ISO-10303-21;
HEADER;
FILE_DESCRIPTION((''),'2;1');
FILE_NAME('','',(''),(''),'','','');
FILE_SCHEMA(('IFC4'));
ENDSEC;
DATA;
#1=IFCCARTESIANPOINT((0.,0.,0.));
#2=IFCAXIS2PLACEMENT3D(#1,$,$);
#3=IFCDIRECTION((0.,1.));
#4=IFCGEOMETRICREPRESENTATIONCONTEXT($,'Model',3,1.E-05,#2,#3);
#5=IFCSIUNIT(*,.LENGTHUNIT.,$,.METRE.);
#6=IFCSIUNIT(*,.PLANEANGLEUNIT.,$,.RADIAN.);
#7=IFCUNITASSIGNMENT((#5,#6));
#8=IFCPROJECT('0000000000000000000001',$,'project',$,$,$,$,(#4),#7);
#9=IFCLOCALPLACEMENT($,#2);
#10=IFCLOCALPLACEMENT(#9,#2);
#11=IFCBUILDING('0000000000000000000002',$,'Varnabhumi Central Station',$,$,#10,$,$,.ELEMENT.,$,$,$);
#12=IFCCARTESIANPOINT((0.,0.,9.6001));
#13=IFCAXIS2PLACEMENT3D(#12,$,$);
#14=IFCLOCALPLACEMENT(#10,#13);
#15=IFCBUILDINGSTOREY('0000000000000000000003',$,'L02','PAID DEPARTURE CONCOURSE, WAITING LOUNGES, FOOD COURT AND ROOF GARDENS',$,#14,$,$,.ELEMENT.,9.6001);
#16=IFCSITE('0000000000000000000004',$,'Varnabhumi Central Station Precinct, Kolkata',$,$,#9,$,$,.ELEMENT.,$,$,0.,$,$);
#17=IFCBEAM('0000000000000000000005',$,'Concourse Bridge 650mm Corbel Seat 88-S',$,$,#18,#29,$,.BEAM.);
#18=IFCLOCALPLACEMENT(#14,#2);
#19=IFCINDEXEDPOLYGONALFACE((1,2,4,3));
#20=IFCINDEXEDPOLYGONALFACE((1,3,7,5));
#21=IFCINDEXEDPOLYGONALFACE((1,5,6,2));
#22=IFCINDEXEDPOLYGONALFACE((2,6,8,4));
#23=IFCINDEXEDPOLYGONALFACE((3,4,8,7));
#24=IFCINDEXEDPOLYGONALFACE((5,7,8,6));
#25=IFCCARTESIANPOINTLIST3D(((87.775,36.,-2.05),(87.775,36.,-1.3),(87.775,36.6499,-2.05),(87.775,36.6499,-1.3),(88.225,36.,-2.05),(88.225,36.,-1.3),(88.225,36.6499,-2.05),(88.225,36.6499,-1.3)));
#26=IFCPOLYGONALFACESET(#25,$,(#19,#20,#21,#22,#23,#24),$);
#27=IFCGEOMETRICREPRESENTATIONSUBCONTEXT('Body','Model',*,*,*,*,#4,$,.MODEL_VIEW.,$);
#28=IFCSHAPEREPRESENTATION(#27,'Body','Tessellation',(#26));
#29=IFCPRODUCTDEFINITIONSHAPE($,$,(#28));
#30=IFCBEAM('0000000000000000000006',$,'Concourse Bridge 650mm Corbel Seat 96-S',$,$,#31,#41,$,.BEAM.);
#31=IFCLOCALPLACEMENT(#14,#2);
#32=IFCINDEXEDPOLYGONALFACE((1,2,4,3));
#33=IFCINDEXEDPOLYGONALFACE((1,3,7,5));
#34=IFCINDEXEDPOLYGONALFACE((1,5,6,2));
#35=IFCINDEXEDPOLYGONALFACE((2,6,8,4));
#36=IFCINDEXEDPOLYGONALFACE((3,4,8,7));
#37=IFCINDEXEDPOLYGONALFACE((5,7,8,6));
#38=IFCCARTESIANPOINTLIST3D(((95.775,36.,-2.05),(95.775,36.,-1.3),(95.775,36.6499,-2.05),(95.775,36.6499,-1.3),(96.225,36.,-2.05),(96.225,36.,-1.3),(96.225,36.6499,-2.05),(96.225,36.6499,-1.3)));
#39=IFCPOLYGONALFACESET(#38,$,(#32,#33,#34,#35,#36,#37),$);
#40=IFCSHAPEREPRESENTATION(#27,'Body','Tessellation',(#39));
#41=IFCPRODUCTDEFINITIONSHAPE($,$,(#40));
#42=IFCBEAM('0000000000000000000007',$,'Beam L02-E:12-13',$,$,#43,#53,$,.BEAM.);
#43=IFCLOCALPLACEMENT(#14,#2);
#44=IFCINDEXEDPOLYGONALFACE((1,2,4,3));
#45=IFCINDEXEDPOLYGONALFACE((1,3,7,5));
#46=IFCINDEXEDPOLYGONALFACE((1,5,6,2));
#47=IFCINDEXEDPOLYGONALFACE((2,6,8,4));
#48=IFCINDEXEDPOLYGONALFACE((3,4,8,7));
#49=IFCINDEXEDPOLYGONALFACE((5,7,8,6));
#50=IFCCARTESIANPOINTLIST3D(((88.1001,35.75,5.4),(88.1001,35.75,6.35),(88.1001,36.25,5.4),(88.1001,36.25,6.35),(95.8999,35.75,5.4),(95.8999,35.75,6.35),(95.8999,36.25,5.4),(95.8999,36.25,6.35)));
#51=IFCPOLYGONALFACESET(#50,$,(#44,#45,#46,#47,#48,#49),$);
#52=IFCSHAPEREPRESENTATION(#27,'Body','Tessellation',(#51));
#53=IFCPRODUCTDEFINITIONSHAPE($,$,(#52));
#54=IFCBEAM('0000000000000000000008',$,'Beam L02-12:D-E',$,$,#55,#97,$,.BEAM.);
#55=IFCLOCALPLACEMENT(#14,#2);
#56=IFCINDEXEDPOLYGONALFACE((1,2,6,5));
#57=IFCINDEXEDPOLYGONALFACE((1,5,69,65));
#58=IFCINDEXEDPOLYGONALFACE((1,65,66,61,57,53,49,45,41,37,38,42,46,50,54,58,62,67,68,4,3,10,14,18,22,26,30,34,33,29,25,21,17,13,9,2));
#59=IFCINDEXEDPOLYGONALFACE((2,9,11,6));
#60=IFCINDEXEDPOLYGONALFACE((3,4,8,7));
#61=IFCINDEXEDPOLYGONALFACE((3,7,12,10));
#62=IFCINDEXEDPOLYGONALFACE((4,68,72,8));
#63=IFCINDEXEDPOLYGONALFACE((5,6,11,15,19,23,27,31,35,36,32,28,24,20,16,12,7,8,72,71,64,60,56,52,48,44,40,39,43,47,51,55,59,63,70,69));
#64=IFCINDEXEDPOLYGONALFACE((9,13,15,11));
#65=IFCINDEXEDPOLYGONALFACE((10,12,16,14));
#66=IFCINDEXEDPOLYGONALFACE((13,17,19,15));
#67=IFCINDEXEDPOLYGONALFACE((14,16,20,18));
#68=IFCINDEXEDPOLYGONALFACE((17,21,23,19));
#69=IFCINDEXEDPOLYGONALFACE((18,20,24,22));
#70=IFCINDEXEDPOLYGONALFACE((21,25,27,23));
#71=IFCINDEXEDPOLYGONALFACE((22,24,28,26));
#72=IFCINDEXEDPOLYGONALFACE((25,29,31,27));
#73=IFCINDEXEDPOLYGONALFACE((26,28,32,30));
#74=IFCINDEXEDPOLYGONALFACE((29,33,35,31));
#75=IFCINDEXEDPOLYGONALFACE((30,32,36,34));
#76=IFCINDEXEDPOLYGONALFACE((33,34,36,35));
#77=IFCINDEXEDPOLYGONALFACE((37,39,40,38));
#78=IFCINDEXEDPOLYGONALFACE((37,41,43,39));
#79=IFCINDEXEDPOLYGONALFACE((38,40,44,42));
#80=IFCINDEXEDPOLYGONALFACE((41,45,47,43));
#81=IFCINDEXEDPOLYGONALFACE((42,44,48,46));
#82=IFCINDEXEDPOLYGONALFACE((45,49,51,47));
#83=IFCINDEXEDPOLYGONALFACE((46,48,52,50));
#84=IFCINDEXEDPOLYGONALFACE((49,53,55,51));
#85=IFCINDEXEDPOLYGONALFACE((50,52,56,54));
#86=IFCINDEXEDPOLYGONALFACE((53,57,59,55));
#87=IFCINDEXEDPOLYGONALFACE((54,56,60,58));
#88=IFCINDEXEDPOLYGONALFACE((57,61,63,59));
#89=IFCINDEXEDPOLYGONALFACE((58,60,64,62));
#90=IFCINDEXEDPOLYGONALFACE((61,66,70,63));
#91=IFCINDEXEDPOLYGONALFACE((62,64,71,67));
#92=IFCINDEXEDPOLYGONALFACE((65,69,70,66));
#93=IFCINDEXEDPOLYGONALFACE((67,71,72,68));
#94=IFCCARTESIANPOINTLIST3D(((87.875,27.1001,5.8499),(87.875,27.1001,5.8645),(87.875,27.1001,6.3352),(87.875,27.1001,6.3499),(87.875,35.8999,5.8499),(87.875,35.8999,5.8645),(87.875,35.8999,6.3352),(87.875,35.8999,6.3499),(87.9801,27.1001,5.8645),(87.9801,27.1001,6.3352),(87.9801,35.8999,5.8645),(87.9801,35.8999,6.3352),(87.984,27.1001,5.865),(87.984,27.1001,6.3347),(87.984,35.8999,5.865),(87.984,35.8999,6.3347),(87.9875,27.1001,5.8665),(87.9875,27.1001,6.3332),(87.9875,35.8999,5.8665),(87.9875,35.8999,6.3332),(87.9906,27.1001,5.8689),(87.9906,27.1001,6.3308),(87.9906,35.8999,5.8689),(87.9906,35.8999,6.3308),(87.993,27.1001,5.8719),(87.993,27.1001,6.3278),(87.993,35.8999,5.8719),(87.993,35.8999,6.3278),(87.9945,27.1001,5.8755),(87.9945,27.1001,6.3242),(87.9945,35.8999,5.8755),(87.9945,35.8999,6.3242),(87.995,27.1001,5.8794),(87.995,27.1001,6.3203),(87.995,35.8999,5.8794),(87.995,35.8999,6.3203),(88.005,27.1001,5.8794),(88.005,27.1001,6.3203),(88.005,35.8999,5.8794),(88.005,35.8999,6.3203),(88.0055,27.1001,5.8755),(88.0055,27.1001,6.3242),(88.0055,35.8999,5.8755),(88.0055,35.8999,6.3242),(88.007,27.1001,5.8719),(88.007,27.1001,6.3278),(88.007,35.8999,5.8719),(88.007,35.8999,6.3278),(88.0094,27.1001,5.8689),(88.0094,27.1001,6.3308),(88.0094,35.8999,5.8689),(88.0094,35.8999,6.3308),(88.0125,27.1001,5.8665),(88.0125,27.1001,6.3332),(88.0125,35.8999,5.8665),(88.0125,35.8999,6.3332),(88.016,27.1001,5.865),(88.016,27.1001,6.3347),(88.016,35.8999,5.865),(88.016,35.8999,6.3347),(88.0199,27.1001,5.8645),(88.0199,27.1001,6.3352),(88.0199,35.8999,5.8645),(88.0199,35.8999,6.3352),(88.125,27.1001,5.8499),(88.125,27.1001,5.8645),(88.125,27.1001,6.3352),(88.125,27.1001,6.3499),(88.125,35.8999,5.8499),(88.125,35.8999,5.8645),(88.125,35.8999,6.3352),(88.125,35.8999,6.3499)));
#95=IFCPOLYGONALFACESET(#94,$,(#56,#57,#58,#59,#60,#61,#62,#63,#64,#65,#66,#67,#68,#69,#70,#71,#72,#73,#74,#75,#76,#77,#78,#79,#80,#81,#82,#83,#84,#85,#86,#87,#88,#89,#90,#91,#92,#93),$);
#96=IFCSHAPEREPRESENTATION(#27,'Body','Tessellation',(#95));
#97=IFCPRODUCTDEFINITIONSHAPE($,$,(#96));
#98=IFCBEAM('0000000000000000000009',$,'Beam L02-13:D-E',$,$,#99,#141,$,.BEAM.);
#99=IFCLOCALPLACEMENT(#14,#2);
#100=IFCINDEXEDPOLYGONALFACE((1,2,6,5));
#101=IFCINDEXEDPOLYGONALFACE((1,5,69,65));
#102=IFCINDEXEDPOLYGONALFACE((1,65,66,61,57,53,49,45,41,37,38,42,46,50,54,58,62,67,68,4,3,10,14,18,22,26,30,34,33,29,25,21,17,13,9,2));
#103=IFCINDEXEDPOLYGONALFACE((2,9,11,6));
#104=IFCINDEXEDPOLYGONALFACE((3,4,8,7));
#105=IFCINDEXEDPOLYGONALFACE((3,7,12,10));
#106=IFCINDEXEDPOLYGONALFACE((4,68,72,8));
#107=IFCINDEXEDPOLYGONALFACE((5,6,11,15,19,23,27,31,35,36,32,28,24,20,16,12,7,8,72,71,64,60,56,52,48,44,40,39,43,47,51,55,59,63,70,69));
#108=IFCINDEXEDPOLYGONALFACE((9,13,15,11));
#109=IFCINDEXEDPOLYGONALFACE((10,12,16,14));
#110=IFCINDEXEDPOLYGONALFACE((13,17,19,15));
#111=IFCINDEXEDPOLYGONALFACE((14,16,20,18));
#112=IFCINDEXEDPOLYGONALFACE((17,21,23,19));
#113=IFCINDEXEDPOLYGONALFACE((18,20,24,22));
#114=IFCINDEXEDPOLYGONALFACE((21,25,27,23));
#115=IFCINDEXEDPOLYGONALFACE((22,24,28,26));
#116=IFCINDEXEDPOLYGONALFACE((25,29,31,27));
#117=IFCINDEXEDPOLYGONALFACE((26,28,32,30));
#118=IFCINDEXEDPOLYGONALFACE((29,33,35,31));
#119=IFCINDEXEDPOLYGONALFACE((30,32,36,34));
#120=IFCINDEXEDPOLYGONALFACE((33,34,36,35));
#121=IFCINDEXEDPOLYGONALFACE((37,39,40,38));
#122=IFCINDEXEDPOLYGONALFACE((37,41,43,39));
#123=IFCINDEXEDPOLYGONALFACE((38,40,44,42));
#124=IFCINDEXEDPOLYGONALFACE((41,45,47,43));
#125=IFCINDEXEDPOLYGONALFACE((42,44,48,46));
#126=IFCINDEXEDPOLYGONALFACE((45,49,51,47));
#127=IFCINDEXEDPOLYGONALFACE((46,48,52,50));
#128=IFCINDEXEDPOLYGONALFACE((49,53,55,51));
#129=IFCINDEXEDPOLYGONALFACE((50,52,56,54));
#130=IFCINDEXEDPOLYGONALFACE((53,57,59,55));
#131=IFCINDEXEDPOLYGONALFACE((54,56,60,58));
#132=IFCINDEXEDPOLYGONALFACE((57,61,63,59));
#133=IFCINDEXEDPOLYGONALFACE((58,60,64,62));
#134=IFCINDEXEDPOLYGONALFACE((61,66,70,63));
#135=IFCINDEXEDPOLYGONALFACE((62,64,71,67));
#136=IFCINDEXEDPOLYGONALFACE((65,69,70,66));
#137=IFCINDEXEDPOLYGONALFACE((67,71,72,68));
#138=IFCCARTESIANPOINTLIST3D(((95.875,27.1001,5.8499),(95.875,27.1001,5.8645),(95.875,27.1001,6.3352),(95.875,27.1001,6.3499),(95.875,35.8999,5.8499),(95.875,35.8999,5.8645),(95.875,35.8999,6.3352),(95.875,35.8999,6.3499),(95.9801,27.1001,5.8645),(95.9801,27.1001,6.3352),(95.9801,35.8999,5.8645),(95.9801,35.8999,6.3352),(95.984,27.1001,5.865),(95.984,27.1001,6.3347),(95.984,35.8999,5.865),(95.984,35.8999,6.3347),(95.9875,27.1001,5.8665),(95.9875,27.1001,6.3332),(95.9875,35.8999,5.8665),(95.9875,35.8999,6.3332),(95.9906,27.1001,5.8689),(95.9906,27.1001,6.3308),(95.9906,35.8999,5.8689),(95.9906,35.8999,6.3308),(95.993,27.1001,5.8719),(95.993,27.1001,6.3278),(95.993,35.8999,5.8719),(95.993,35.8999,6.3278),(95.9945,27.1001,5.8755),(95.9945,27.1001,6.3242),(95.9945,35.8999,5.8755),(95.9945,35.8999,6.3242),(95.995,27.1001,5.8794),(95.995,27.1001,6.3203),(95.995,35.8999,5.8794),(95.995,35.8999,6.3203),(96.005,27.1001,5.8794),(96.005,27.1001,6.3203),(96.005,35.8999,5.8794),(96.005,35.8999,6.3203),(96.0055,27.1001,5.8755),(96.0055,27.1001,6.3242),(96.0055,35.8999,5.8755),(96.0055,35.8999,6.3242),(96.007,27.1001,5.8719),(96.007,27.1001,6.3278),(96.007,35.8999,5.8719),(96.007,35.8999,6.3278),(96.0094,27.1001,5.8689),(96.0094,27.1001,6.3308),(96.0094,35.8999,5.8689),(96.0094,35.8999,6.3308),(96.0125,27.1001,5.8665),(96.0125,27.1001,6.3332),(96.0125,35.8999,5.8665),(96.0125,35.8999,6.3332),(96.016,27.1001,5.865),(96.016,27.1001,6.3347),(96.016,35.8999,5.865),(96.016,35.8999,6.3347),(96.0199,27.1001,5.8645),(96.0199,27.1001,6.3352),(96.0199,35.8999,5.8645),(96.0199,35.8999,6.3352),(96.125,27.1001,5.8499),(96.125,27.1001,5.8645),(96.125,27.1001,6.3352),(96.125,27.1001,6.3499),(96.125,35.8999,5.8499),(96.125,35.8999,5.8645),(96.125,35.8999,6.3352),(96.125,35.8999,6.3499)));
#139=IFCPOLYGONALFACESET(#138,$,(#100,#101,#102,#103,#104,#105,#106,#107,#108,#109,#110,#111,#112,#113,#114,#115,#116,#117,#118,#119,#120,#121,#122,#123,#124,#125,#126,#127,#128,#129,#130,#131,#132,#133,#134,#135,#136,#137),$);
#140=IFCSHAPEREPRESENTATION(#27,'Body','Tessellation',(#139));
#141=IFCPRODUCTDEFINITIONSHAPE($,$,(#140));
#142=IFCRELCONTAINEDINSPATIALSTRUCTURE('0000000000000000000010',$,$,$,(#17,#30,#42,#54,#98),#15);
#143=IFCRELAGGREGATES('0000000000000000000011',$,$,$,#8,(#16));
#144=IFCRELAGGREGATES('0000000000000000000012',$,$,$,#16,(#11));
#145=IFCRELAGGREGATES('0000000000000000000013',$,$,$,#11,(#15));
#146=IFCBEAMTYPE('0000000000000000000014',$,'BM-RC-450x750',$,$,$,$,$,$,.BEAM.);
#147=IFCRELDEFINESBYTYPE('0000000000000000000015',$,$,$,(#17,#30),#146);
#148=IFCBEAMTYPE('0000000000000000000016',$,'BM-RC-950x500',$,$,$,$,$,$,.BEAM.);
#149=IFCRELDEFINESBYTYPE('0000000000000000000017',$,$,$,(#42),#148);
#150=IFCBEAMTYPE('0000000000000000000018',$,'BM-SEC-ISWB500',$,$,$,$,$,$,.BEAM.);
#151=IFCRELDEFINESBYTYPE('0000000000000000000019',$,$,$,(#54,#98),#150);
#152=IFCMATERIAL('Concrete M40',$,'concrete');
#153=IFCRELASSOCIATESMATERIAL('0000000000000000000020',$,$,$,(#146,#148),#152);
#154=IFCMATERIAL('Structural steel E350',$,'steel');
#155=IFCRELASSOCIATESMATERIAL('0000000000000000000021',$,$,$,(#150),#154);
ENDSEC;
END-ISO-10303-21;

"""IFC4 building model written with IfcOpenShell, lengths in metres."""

from ifc_helpers import new_model, si_unit, direction, frame, origin, origin_2d, place, context, subcontext, project, spatial, rectangle, i_section, extrude, material, material_profile, profile_set, type_object, element, save


model = new_model("IFC4")

# Units and contexts
model_context = context("Model", 3, precision=1e-05, world=origin(), true_north=direction((0.0, 1.0)))
body_context = subcontext(model_context, "Body", "Model", "MODEL_VIEW")
ifc_project = project(units=[si_unit("LENGTHUNIT", "METRE"), si_unit("PLANEANGLEUNIT", "RADIAN")], contexts=[model_context])

# Site, building, storey
site_placement = place(None, origin())
site = spatial("IfcSite", under=ifc_project, at=site_placement, Name="Varnabhumi Central Station Precinct, Kolkata", CompositionType="ELEMENT", RefElevation=0.0)
building_placement = place(site_placement, origin())
building = spatial("IfcBuilding", under=site, at=building_placement, Name="Varnabhumi Central Station", CompositionType="ELEMENT")
storey_placement = place(building_placement, frame((0.0, 0.0, 9.6001)))
storey = spatial("IfcBuildingStorey", under=building, at=storey_placement, Name="L02", Description="PAID DEPARTURE CONCOURSE, WAITING LOUNGES, FOOD COURT AND ROOF GARDENS", CompositionType="ELEMENT", Elevation=9.6001)

# Beams
ifc_material_1 = material(Name="Structural steel E350", Category="steel")
ifc_material_2 = material(Name="Concrete M40", Category="concrete")
ifc_material_profile_1 = material_profile(ifc_material_2, rectangle(XDim=0.45, YDim=0.75, at=origin_2d()), Name="Concrete M40", Category="concrete")
ifc_profile_set_1 = profile_set([ifc_material_profile_1], Name="Concrete M40")
beam_type_1 = type_object("IfcBeamType", Name="BM-RC-450x750", PredefinedType="BEAM", material=ifc_profile_set_1)
for number, where, z_axis, x_axis, name in (
    (1, (88.0, 36.0, -1.675), (0.0, 1.0, 0.0), (-1.0, 0.0, 0.0), "Concourse Bridge 650mm Corbel Seat 88-S"),
    (2, (96.0, 36.0, -1.675), (0.0, 1.0, 0.0), (-1.0, 0.0, 0.0), "Concourse Bridge 650mm Corbel Seat 96-S"),
):
    element("IfcBeam", number, at=place(storey_placement, frame(where, z_axis=z_axis, x_axis=x_axis)), inside=storey, type_object=beam_type_1, Name=name, PredefinedType="BEAM", context=body_context, shape_type="SweptSolid", body=[
        extrude(rectangle(XDim=0.45, YDim=0.75, at=origin_2d()), origin(), (0.0, 0.0, 1.0), 0.6499),
    ])
ifc_material_profile_2 = material_profile(ifc_material_2, rectangle(XDim=0.5, YDim=0.95, at=origin_2d()), Name="Concrete M40", Category="concrete")
ifc_profile_set_2 = profile_set([ifc_material_profile_2], Name="Concrete M40")
beam_type_2 = type_object("IfcBeamType", Name="BM-RC-950x500", PredefinedType="BEAM", material=ifc_profile_set_2)
beam_1_placement = place(storey_placement, frame((88.1001, 36.0, 5.875), z_axis=(1.0, 0.0, 0.0), x_axis=(0.0, 1.0, 0.0)))
element("IfcBeam", 3, at=beam_1_placement, inside=storey, type_object=beam_type_2, Name="Beam L02-E:12-13", PredefinedType="BEAM", context=body_context, shape_type="SweptSolid", body=[
    extrude(rectangle(XDim=0.5, YDim=0.95, at=origin_2d()), origin(), (0.0, 0.0, 1.0), 7.7998),
])
ifc_material_profile_3 = material_profile(ifc_material_1, i_section(OverallWidth=0.25, OverallDepth=0.5, WebThickness=0.01, FlangeThickness=0.0146, FilletRadius=0.0149, at=origin_2d()), Name="Structural steel E350", Category="steel")
ifc_profile_set_3 = profile_set([ifc_material_profile_3], Name="Structural steel E350")
beam_type_3 = type_object("IfcBeamType", Name="BM-SEC-ISWB500", PredefinedType="BEAM", material=ifc_profile_set_3)
for number, where, z_axis, x_axis, name in (
    (4, (88.0, 27.1001, 6.0999), (0.0, 1.0, 0.0), (-1.0, 0.0, 0.0), "Beam L02-12:D-E"),
    (5, (96.0, 27.1001, 6.0999), (0.0, 1.0, 0.0), (-1.0, 0.0, 0.0), "Beam L02-13:D-E"),
):
    element("IfcBeam", number, at=place(storey_placement, frame(where, z_axis=z_axis, x_axis=x_axis)), inside=storey, type_object=beam_type_3, Name=name, PredefinedType="BEAM", context=body_context, shape_type="SweptSolid", body=[
        extrude(i_section(OverallWidth=0.25, OverallDepth=0.5, WebThickness=0.01, FlangeThickness=0.0146, FilletRadius=0.0149, at=origin_2d()), origin(), (0.0, 0.0, 1.0), 8.7998),
    ])

save(model, "model.ifc")
